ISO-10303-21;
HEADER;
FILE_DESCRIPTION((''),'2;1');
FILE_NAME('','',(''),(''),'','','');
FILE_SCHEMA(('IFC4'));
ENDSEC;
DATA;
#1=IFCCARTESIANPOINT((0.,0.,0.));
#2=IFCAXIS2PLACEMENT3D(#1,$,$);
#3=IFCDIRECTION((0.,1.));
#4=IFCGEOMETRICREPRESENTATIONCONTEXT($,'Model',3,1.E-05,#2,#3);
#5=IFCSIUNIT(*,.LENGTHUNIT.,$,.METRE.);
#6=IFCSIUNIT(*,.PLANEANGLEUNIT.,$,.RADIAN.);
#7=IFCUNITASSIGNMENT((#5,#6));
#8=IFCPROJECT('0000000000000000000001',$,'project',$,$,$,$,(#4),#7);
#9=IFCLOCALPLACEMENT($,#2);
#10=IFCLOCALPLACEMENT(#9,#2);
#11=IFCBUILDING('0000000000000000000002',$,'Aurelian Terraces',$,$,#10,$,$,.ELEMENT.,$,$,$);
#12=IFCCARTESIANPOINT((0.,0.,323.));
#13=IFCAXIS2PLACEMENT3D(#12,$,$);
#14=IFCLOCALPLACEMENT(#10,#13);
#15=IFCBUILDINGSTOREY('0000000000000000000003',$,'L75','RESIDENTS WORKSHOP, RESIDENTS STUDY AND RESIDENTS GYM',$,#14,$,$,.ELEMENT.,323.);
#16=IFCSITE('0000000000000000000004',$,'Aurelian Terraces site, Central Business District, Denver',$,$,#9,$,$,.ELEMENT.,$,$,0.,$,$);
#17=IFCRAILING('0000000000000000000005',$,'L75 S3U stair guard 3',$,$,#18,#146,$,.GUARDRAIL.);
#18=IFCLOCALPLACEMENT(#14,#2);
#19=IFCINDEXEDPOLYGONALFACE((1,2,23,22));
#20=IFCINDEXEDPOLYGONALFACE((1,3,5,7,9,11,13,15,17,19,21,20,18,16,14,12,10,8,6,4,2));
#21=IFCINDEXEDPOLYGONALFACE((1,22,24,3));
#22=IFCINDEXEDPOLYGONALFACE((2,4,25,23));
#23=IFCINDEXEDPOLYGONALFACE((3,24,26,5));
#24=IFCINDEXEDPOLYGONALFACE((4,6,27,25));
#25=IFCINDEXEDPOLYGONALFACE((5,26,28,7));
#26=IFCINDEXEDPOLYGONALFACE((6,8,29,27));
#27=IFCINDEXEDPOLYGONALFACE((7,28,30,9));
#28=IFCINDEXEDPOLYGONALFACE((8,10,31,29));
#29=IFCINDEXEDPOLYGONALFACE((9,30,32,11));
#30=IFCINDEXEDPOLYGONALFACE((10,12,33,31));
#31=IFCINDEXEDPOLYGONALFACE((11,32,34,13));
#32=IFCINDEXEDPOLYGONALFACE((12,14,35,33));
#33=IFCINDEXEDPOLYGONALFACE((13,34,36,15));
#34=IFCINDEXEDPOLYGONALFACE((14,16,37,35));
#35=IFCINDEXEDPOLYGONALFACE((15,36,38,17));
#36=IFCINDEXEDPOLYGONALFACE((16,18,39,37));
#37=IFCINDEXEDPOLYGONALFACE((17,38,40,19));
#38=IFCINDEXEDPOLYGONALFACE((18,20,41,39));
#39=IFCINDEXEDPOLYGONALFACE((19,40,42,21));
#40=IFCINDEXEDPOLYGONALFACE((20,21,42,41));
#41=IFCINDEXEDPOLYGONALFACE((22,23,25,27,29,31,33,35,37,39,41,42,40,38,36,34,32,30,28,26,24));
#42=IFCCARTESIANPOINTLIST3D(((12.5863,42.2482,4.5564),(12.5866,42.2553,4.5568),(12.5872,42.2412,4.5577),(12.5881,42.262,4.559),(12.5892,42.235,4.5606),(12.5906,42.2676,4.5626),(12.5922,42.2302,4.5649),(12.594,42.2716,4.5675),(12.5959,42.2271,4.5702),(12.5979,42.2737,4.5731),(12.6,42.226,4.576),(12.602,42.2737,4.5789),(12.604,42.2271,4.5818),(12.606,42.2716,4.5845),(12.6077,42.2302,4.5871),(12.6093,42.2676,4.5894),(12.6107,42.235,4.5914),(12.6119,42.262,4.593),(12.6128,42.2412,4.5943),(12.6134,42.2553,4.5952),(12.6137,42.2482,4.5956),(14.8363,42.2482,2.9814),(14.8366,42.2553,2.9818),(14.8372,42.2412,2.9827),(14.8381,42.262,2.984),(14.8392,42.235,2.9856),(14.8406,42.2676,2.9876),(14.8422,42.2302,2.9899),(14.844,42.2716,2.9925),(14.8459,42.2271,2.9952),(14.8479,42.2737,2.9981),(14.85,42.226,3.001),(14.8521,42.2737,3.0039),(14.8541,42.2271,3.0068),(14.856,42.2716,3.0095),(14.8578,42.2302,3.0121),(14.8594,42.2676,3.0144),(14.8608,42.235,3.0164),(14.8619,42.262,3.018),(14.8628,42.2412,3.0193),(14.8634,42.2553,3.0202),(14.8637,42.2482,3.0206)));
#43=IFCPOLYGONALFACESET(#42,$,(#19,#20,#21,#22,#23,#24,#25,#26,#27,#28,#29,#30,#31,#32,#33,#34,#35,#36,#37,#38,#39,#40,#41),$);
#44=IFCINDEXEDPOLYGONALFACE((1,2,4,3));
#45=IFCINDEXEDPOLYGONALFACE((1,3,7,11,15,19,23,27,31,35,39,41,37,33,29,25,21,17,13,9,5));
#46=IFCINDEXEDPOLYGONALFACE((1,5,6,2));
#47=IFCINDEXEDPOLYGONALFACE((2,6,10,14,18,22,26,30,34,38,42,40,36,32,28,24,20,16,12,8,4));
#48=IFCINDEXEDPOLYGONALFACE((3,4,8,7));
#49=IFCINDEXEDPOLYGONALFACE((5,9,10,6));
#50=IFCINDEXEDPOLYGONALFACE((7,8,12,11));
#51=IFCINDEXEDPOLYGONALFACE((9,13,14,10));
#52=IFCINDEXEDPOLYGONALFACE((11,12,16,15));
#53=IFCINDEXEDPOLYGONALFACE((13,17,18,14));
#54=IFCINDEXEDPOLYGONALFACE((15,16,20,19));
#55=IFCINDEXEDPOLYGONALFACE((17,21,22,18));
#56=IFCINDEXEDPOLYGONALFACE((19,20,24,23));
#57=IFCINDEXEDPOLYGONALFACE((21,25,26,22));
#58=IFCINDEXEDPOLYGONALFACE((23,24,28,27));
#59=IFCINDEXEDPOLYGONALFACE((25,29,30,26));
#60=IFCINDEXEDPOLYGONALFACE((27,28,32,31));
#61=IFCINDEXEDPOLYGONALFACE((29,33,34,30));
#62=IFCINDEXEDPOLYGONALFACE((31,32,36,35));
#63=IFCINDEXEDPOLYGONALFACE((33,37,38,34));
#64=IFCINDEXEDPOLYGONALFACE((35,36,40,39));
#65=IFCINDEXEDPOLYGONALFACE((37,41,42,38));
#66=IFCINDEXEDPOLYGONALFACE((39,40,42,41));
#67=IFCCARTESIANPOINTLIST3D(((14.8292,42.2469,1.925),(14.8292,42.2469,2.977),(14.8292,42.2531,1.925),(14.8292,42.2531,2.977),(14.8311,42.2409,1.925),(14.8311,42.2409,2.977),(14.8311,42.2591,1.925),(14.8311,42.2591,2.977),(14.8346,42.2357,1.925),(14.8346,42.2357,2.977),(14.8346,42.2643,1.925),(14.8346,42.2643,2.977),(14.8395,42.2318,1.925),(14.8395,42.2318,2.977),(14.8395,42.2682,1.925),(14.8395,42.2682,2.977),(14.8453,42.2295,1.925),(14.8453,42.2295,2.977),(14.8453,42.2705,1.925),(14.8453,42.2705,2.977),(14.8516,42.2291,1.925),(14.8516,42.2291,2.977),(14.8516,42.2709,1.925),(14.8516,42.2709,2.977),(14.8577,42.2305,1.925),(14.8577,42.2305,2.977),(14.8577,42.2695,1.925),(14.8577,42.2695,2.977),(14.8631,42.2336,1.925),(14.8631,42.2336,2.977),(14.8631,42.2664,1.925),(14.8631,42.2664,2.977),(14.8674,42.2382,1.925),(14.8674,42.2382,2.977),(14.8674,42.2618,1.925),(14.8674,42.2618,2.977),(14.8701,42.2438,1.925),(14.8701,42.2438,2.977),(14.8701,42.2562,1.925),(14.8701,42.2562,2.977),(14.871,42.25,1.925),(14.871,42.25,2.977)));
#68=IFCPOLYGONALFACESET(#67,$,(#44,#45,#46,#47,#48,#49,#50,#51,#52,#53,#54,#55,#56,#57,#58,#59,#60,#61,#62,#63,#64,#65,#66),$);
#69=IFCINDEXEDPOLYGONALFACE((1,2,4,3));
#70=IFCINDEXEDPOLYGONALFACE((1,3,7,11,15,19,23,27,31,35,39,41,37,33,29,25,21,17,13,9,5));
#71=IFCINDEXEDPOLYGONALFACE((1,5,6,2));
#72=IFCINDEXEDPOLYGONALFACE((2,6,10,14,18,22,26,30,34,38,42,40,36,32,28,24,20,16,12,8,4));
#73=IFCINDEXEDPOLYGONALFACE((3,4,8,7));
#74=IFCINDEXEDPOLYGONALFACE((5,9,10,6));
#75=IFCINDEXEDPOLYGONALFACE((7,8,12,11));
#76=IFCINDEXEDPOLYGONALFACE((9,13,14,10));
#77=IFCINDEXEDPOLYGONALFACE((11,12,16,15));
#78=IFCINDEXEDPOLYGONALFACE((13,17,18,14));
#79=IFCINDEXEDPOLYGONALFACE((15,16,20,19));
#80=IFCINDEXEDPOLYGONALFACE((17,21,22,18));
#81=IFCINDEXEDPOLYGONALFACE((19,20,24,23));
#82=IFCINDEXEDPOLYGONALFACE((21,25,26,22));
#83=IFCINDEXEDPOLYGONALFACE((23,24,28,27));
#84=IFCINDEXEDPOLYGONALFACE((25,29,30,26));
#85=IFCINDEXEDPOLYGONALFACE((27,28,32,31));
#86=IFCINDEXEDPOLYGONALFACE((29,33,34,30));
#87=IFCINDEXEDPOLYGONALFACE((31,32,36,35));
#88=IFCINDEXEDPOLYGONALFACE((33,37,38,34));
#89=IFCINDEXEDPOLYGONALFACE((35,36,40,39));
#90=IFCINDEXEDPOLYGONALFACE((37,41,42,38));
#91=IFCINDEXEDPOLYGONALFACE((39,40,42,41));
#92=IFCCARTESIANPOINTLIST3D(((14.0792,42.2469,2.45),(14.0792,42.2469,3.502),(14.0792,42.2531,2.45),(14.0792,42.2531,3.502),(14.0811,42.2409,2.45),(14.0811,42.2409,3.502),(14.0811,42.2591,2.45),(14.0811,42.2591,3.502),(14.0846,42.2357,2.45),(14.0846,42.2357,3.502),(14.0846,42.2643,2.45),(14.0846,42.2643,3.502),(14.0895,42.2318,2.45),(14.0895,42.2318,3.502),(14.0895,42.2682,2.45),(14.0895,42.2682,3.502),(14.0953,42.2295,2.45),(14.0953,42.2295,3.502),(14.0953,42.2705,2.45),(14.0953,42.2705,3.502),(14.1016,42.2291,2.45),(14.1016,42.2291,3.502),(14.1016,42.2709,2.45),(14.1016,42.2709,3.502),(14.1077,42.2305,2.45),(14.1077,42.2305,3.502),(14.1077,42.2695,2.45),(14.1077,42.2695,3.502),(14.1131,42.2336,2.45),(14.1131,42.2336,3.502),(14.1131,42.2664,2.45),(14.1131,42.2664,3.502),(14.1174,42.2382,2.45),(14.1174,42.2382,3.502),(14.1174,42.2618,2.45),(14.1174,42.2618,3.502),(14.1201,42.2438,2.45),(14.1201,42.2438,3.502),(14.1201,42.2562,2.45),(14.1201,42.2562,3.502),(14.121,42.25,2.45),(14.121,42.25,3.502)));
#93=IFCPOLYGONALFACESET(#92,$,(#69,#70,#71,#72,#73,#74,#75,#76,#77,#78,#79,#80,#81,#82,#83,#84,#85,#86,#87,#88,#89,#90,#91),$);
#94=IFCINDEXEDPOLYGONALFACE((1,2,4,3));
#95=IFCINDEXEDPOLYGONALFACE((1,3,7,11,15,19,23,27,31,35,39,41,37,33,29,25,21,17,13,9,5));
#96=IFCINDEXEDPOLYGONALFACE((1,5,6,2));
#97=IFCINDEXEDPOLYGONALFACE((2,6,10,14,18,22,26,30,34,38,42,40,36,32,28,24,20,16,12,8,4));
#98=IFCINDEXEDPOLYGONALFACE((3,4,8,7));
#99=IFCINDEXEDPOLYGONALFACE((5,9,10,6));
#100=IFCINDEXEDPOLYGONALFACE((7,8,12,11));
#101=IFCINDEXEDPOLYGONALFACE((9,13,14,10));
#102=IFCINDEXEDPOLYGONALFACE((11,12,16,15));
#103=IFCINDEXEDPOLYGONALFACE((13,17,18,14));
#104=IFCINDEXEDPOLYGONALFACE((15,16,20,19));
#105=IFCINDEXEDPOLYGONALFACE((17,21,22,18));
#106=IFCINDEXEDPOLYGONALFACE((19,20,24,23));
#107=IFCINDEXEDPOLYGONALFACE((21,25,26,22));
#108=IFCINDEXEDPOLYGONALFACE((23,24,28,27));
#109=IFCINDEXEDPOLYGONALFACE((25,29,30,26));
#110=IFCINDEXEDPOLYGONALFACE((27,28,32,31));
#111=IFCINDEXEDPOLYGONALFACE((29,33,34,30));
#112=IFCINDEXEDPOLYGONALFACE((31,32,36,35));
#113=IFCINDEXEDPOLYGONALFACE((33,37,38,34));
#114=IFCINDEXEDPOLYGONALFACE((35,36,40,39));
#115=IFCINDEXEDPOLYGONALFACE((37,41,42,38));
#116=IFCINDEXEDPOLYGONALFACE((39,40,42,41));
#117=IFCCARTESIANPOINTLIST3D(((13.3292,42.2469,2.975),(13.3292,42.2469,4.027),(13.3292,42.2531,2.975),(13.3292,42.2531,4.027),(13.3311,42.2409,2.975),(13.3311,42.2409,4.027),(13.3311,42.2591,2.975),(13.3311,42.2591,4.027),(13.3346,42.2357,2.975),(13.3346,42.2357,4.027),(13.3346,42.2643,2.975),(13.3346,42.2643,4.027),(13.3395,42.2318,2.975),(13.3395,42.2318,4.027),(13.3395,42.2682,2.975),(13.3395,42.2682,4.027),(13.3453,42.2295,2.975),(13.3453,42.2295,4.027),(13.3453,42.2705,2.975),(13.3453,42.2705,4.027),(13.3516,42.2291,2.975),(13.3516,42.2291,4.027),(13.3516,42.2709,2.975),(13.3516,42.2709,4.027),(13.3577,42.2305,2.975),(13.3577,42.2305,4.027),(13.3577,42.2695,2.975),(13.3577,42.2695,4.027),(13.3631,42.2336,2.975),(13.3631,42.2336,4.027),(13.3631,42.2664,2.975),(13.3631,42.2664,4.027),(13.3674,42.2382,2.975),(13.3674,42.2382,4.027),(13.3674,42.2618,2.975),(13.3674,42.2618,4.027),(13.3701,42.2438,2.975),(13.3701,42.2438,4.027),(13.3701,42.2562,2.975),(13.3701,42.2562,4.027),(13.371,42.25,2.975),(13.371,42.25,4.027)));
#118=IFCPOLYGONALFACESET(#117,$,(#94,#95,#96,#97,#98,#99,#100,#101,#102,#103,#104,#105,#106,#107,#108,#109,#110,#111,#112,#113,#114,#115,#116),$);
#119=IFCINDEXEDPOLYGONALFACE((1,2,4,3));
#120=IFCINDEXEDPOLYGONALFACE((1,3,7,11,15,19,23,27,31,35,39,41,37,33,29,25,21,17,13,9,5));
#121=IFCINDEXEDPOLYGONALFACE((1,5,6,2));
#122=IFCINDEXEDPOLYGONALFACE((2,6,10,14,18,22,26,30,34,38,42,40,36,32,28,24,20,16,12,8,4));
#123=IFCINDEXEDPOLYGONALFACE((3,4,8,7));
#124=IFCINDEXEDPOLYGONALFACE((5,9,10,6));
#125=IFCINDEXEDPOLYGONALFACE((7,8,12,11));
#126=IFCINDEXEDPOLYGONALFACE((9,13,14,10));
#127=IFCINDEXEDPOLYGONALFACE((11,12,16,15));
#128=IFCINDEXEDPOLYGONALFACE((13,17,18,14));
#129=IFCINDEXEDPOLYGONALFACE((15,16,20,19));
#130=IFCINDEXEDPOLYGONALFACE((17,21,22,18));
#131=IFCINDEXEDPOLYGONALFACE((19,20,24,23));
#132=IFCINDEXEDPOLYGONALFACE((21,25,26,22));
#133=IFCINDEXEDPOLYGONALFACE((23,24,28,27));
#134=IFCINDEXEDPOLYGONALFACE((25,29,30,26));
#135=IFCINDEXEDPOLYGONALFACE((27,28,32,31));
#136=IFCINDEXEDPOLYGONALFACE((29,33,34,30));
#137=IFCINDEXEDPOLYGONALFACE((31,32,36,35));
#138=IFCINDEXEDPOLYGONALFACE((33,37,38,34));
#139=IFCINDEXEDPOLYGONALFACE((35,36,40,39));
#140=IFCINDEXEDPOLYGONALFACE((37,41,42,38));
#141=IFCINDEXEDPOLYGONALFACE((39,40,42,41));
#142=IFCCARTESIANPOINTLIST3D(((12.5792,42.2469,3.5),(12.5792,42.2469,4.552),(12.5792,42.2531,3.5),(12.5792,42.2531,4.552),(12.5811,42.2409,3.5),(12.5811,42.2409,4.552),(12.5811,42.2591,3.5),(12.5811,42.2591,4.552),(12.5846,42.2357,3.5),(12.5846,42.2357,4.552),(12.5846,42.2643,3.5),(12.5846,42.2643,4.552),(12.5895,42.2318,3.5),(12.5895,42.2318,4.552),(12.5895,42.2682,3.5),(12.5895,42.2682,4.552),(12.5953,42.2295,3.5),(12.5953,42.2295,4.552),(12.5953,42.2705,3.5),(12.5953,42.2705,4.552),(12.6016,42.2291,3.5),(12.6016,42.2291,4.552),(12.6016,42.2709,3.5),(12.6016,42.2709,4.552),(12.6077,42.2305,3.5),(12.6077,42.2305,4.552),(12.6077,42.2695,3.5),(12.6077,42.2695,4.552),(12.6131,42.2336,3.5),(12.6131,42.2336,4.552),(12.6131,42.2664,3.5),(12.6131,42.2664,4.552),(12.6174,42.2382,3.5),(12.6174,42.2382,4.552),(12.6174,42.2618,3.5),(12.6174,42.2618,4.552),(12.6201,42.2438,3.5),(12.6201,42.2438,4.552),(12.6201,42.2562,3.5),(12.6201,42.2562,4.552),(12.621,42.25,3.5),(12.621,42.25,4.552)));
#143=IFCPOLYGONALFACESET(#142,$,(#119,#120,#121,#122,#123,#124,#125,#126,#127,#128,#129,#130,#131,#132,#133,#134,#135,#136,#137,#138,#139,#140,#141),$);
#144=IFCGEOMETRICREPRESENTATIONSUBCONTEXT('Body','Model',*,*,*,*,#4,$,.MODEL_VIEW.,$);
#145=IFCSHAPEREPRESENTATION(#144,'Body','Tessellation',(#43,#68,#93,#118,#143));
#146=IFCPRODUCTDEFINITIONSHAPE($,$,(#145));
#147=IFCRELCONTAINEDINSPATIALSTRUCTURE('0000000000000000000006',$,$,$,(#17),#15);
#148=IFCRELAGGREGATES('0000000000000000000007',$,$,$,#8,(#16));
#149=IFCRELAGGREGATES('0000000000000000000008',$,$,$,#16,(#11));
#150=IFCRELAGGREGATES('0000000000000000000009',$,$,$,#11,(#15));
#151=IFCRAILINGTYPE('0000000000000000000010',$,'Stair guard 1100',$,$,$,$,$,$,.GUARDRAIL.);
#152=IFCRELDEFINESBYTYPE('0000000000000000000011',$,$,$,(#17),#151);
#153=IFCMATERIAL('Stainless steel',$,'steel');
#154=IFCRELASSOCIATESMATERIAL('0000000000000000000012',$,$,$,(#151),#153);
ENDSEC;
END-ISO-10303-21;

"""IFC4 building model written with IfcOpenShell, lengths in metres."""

from ifc_helpers import new_model, si_unit, direction, frame, origin, origin_2d, place, context, subcontext, project, spatial, circle, extrude, source, transform, mapped, material, type_object, element, save


model = new_model("IFC4")

# Units and contexts
model_context = context("Model", 3, precision=1e-05, world=origin(), true_north=direction((0.0, 1.0)))
body_context = subcontext(model_context, "Body", "Model", "MODEL_VIEW")
ifc_project = project(units=[si_unit("LENGTHUNIT", "METRE"), si_unit("PLANEANGLEUNIT", "RADIAN")], contexts=[model_context])

# Site, building, storey
site_placement = place(None, origin())
site = spatial("IfcSite", under=ifc_project, at=site_placement, Name="Aurelian Terraces site, Central Business District, Denver", CompositionType="ELEMENT", RefElevation=0.0)
building_placement = place(site_placement, origin())
building = spatial("IfcBuilding", under=site, at=building_placement, Name="Aurelian Terraces", CompositionType="ELEMENT")
storey_placement = place(building_placement, frame((0.0, 0.0, 323.0)))
storey = spatial("IfcBuildingStorey", under=building, at=storey_placement, Name="L75", Description="RESIDENTS WORKSHOP, RESIDENTS STUDY AND RESIDENTS GYM", CompositionType="ELEMENT", Elevation=323.0)

# Railing
ifc_material_1 = material(Name="Stainless steel", Category="steel")
railing_type_1 = type_object("IfcRailingType", Name="Stair guard 1100", PredefinedType="GUARDRAIL", material=ifc_material_1)
shared_shape_1 = source(origin(), body_context, "Body", "SweptSolid", [
    extrude(circle(Radius=0.024, at=origin_2d()), frame((0.0, 0.0, 1.076), z_axis=(-0.819232, 0.0, 0.573462), x_axis=(0.0, -1.0, 0.0)), (0.0, 0.0, 1.0), 2.7465),
    extrude(circle(Radius=0.021, at=origin_2d()), origin(), (0.0, 0.0, 1.0), 1.052),
    extrude(circle(Radius=0.021, at=origin_2d()), frame((-0.75, 0.0, 0.525)), (0.0, 0.0, 1.0), 1.052),
    extrude(circle(Radius=0.021, at=origin_2d()), frame((-1.5, 0.0, 1.05)), (0.0, 0.0, 1.0), 1.052),
    extrude(circle(Radius=0.021, at=origin_2d()), frame((-2.25, 0.0, 1.575)), (0.0, 0.0, 1.0), 1.052),
])
railing_1_placement = place(storey_placement, frame((14.85, 42.25, 1.925)))
element("IfcRailing", 1, at=railing_1_placement, inside=storey, type_object=railing_type_1, Name="L75 S3U stair guard 3", PredefinedType="GUARDRAIL", context=body_context, shape_type="MappedRepresentation", body=[
    mapped(shared_shape_1, transform((0.0, 0.0, 0.0), scale=1.0)),
])

save(model, "model.ifc")
